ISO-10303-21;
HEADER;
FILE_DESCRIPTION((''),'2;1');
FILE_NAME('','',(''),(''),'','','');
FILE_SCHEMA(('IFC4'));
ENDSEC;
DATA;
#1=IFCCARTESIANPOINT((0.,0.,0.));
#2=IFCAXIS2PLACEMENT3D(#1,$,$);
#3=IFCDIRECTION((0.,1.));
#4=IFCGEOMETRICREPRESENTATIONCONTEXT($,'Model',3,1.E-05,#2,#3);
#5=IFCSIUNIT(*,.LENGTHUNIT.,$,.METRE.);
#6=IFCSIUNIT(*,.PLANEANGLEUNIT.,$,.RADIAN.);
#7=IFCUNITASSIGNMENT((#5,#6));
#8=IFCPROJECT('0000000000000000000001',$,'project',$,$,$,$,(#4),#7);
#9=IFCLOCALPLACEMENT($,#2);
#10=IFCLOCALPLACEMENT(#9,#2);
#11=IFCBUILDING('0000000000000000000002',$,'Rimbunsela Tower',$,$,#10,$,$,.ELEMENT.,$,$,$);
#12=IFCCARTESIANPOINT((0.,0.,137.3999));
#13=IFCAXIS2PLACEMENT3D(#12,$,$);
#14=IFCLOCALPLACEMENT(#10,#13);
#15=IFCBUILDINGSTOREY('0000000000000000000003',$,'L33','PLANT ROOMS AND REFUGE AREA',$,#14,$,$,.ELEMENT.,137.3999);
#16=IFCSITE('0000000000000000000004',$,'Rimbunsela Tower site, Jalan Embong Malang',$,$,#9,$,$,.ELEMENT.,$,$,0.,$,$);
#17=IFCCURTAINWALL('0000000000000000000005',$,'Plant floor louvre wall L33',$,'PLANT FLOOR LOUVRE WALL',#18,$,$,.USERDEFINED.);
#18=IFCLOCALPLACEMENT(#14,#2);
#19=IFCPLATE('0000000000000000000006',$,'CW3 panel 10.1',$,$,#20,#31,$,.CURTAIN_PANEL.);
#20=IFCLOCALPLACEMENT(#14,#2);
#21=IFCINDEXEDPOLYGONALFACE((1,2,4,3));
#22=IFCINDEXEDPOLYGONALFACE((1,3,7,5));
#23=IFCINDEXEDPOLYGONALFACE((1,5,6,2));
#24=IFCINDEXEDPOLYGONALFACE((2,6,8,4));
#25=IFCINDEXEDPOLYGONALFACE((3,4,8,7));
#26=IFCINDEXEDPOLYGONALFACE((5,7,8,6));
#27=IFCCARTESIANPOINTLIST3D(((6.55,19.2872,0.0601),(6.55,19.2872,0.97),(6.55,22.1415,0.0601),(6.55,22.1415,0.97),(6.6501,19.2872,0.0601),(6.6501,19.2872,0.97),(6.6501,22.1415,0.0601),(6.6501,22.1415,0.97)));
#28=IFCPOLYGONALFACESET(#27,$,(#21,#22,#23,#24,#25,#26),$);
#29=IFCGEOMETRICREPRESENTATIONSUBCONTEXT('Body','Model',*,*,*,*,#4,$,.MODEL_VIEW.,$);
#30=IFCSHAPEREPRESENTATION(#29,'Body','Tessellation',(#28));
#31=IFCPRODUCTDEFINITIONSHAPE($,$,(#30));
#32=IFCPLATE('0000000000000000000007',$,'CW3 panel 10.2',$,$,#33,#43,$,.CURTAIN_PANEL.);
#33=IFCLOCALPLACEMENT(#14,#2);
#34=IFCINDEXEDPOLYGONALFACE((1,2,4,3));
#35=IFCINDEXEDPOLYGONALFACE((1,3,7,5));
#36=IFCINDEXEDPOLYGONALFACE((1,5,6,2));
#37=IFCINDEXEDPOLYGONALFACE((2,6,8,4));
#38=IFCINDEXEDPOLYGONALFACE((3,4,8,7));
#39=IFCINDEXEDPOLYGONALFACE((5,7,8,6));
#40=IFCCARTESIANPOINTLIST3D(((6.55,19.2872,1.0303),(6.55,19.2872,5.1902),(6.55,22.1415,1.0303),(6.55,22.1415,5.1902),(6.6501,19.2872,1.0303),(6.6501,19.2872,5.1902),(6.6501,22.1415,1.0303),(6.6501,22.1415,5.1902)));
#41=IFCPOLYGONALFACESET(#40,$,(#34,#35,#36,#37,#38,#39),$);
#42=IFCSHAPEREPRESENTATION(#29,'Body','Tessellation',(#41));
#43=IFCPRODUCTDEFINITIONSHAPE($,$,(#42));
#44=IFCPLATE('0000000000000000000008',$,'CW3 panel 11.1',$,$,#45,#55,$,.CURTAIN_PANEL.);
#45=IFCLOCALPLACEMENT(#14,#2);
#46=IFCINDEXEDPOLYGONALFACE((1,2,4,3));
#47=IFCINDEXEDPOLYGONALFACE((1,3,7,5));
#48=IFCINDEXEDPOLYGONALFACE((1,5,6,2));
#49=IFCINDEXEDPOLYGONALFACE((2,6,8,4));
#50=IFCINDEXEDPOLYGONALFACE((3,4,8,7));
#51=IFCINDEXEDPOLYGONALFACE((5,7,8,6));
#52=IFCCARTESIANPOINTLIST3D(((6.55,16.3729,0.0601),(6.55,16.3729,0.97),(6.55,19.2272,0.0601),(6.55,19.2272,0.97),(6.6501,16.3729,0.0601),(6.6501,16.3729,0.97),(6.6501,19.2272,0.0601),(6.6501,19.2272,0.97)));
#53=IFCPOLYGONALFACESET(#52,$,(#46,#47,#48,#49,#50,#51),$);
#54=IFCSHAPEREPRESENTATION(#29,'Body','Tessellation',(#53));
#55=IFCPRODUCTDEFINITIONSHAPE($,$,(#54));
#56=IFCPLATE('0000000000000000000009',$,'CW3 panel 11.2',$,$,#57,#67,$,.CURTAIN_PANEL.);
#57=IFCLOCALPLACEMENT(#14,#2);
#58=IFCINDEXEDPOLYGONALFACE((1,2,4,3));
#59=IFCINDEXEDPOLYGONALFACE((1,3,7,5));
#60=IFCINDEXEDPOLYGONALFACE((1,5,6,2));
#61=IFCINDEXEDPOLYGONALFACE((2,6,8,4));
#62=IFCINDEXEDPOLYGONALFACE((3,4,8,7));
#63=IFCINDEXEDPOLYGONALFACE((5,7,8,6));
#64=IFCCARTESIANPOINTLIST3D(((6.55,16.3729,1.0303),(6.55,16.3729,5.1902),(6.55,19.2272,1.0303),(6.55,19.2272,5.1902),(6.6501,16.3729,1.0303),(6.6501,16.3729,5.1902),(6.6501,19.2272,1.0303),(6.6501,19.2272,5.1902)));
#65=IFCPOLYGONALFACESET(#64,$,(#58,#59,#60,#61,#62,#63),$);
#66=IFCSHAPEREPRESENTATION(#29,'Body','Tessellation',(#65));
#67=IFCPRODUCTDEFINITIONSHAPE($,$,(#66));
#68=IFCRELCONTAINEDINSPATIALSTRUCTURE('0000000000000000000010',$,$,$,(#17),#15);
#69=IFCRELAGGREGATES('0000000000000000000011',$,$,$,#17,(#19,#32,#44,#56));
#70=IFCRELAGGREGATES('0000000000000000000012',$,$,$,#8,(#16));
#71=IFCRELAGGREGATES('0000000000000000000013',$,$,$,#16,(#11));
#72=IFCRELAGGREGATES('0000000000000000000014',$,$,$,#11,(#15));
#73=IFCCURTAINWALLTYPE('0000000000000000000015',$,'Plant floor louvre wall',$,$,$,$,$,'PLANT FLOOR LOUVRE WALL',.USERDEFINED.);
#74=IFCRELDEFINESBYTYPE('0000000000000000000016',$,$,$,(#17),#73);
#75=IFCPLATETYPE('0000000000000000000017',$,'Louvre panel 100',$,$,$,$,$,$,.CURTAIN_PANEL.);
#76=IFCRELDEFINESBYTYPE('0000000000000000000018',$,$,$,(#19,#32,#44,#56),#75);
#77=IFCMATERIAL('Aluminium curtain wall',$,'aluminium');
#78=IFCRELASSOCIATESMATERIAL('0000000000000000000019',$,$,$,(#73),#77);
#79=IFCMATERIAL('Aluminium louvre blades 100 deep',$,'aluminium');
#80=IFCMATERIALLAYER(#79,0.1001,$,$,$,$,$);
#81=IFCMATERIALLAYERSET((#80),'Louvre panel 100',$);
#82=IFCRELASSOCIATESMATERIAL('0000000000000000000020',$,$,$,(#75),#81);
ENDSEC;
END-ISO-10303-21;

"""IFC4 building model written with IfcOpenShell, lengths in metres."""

from ifc_helpers import new_model, si_unit, direction, frame, origin, origin_2d, place, context, subcontext, project, spatial, rectangle, extrude, material, layer, layer_set, type_object, element, aggregate, save


model = new_model("IFC4")

# Units and contexts
model_context = context("Model", 3, precision=1e-05, world=origin(), true_north=direction((0.0, 1.0)))
body_context = subcontext(model_context, "Body", "Model", "MODEL_VIEW")
ifc_project = project(units=[si_unit("LENGTHUNIT", "METRE"), si_unit("PLANEANGLEUNIT", "RADIAN")], contexts=[model_context])

# Site, building, storey
site_placement = place(None, origin())
site = spatial("IfcSite", under=ifc_project, at=site_placement, Name="Rimbunsela Tower site, Jalan Embong Malang", CompositionType="ELEMENT", RefElevation=0.0)
building_placement = place(site_placement, origin())
building = spatial("IfcBuilding", under=site, at=building_placement, Name="Rimbunsela Tower", CompositionType="ELEMENT")
storey_placement = place(building_placement, frame((0.0, 0.0, 137.3999)))
storey = spatial("IfcBuildingStorey", under=building, at=storey_placement, Name="L33", Description="PLANT ROOMS AND REFUGE AREA", CompositionType="ELEMENT", Elevation=137.3999)

# Curtain wall
ifc_material_1 = material(Name="Aluminium curtain wall", Category="aluminium")
curtain_wall_type = type_object("IfcCurtainWallType", Name="Plant floor louvre wall", ElementType="PLANT FLOOR LOUVRE WALL", PredefinedType="USERDEFINED", material=ifc_material_1)
curtain_wall_placement = place(storey_placement, origin())
curtain_wall = element("IfcCurtainWall", 1, at=curtain_wall_placement, inside=storey, type_object=curtain_wall_type, Name="Plant floor louvre wall L33", ObjectType="PLANT FLOOR LOUVRE WALL", PredefinedType="USERDEFINED")

# Plates
ifc_material_2 = material(Name="Aluminium louvre blades 100 deep", Category="aluminium")
ifc_layer = layer(ifc_material_2, 0.1001)
ifc_layer_set = layer_set([ifc_layer], Name="Louvre panel 100")
plate_type = type_object("IfcPlateType", Name="Louvre panel 100", PredefinedType="CURTAIN_PANEL", material=ifc_layer_set)
plate_1_placement = place(storey_placement, frame((6.6001, 20.7144, 0.0601), z_axis=(0.0, 0.0, 1.0), x_axis=(0.0, -1.0, 0.0)))
plate_1 = element("IfcPlate", 2, at=plate_1_placement, type_object=plate_type, Name="CW3 panel 10.1", PredefinedType="CURTAIN_PANEL", context=body_context, shape_type="SweptSolid", body=[
    extrude(rectangle(XDim=2.8542, YDim=0.1001, at=origin_2d()), origin(), (0.0, 0.0, 1.0), 0.9099),
])
plate_2_placement = place(storey_placement, frame((6.6001, 20.7144, 1.0303), z_axis=(0.0, 0.0, 1.0), x_axis=(0.0, -1.0, 0.0)))
plate_2 = element("IfcPlate", 3, at=plate_2_placement, type_object=plate_type, Name="CW3 panel 10.2", PredefinedType="CURTAIN_PANEL", context=body_context, shape_type="SweptSolid", body=[
    extrude(rectangle(XDim=2.8542, YDim=0.1001, at=origin_2d()), origin(), (0.0, 0.0, 1.0), 4.1599),
])
plate_3_placement = place(storey_placement, frame((6.6001, 17.8, 0.0601), z_axis=(0.0, 0.0, 1.0), x_axis=(0.0, -1.0, 0.0)))
plate_3 = element("IfcPlate", 4, at=plate_3_placement, type_object=plate_type, Name="CW3 panel 11.1", PredefinedType="CURTAIN_PANEL", context=body_context, shape_type="SweptSolid", body=[
    extrude(rectangle(XDim=2.8542, YDim=0.1001, at=origin_2d()), origin(), (0.0, 0.0, 1.0), 0.9099),
])
plate_4_placement = place(storey_placement, frame((6.6001, 17.8, 1.0303), z_axis=(0.0, 0.0, 1.0), x_axis=(0.0, -1.0, 0.0)))
plate_4 = element("IfcPlate", 5, at=plate_4_placement, type_object=plate_type, Name="CW3 panel 11.2", PredefinedType="CURTAIN_PANEL", context=body_context, shape_type="SweptSolid", body=[
    extrude(rectangle(XDim=2.8542, YDim=0.1001, at=origin_2d()), origin(), (0.0, 0.0, 1.0), 4.1599),
])
aggregate(curtain_wall, [plate_1, plate_2, plate_3, plate_4])

save(model, "model.ifc")
